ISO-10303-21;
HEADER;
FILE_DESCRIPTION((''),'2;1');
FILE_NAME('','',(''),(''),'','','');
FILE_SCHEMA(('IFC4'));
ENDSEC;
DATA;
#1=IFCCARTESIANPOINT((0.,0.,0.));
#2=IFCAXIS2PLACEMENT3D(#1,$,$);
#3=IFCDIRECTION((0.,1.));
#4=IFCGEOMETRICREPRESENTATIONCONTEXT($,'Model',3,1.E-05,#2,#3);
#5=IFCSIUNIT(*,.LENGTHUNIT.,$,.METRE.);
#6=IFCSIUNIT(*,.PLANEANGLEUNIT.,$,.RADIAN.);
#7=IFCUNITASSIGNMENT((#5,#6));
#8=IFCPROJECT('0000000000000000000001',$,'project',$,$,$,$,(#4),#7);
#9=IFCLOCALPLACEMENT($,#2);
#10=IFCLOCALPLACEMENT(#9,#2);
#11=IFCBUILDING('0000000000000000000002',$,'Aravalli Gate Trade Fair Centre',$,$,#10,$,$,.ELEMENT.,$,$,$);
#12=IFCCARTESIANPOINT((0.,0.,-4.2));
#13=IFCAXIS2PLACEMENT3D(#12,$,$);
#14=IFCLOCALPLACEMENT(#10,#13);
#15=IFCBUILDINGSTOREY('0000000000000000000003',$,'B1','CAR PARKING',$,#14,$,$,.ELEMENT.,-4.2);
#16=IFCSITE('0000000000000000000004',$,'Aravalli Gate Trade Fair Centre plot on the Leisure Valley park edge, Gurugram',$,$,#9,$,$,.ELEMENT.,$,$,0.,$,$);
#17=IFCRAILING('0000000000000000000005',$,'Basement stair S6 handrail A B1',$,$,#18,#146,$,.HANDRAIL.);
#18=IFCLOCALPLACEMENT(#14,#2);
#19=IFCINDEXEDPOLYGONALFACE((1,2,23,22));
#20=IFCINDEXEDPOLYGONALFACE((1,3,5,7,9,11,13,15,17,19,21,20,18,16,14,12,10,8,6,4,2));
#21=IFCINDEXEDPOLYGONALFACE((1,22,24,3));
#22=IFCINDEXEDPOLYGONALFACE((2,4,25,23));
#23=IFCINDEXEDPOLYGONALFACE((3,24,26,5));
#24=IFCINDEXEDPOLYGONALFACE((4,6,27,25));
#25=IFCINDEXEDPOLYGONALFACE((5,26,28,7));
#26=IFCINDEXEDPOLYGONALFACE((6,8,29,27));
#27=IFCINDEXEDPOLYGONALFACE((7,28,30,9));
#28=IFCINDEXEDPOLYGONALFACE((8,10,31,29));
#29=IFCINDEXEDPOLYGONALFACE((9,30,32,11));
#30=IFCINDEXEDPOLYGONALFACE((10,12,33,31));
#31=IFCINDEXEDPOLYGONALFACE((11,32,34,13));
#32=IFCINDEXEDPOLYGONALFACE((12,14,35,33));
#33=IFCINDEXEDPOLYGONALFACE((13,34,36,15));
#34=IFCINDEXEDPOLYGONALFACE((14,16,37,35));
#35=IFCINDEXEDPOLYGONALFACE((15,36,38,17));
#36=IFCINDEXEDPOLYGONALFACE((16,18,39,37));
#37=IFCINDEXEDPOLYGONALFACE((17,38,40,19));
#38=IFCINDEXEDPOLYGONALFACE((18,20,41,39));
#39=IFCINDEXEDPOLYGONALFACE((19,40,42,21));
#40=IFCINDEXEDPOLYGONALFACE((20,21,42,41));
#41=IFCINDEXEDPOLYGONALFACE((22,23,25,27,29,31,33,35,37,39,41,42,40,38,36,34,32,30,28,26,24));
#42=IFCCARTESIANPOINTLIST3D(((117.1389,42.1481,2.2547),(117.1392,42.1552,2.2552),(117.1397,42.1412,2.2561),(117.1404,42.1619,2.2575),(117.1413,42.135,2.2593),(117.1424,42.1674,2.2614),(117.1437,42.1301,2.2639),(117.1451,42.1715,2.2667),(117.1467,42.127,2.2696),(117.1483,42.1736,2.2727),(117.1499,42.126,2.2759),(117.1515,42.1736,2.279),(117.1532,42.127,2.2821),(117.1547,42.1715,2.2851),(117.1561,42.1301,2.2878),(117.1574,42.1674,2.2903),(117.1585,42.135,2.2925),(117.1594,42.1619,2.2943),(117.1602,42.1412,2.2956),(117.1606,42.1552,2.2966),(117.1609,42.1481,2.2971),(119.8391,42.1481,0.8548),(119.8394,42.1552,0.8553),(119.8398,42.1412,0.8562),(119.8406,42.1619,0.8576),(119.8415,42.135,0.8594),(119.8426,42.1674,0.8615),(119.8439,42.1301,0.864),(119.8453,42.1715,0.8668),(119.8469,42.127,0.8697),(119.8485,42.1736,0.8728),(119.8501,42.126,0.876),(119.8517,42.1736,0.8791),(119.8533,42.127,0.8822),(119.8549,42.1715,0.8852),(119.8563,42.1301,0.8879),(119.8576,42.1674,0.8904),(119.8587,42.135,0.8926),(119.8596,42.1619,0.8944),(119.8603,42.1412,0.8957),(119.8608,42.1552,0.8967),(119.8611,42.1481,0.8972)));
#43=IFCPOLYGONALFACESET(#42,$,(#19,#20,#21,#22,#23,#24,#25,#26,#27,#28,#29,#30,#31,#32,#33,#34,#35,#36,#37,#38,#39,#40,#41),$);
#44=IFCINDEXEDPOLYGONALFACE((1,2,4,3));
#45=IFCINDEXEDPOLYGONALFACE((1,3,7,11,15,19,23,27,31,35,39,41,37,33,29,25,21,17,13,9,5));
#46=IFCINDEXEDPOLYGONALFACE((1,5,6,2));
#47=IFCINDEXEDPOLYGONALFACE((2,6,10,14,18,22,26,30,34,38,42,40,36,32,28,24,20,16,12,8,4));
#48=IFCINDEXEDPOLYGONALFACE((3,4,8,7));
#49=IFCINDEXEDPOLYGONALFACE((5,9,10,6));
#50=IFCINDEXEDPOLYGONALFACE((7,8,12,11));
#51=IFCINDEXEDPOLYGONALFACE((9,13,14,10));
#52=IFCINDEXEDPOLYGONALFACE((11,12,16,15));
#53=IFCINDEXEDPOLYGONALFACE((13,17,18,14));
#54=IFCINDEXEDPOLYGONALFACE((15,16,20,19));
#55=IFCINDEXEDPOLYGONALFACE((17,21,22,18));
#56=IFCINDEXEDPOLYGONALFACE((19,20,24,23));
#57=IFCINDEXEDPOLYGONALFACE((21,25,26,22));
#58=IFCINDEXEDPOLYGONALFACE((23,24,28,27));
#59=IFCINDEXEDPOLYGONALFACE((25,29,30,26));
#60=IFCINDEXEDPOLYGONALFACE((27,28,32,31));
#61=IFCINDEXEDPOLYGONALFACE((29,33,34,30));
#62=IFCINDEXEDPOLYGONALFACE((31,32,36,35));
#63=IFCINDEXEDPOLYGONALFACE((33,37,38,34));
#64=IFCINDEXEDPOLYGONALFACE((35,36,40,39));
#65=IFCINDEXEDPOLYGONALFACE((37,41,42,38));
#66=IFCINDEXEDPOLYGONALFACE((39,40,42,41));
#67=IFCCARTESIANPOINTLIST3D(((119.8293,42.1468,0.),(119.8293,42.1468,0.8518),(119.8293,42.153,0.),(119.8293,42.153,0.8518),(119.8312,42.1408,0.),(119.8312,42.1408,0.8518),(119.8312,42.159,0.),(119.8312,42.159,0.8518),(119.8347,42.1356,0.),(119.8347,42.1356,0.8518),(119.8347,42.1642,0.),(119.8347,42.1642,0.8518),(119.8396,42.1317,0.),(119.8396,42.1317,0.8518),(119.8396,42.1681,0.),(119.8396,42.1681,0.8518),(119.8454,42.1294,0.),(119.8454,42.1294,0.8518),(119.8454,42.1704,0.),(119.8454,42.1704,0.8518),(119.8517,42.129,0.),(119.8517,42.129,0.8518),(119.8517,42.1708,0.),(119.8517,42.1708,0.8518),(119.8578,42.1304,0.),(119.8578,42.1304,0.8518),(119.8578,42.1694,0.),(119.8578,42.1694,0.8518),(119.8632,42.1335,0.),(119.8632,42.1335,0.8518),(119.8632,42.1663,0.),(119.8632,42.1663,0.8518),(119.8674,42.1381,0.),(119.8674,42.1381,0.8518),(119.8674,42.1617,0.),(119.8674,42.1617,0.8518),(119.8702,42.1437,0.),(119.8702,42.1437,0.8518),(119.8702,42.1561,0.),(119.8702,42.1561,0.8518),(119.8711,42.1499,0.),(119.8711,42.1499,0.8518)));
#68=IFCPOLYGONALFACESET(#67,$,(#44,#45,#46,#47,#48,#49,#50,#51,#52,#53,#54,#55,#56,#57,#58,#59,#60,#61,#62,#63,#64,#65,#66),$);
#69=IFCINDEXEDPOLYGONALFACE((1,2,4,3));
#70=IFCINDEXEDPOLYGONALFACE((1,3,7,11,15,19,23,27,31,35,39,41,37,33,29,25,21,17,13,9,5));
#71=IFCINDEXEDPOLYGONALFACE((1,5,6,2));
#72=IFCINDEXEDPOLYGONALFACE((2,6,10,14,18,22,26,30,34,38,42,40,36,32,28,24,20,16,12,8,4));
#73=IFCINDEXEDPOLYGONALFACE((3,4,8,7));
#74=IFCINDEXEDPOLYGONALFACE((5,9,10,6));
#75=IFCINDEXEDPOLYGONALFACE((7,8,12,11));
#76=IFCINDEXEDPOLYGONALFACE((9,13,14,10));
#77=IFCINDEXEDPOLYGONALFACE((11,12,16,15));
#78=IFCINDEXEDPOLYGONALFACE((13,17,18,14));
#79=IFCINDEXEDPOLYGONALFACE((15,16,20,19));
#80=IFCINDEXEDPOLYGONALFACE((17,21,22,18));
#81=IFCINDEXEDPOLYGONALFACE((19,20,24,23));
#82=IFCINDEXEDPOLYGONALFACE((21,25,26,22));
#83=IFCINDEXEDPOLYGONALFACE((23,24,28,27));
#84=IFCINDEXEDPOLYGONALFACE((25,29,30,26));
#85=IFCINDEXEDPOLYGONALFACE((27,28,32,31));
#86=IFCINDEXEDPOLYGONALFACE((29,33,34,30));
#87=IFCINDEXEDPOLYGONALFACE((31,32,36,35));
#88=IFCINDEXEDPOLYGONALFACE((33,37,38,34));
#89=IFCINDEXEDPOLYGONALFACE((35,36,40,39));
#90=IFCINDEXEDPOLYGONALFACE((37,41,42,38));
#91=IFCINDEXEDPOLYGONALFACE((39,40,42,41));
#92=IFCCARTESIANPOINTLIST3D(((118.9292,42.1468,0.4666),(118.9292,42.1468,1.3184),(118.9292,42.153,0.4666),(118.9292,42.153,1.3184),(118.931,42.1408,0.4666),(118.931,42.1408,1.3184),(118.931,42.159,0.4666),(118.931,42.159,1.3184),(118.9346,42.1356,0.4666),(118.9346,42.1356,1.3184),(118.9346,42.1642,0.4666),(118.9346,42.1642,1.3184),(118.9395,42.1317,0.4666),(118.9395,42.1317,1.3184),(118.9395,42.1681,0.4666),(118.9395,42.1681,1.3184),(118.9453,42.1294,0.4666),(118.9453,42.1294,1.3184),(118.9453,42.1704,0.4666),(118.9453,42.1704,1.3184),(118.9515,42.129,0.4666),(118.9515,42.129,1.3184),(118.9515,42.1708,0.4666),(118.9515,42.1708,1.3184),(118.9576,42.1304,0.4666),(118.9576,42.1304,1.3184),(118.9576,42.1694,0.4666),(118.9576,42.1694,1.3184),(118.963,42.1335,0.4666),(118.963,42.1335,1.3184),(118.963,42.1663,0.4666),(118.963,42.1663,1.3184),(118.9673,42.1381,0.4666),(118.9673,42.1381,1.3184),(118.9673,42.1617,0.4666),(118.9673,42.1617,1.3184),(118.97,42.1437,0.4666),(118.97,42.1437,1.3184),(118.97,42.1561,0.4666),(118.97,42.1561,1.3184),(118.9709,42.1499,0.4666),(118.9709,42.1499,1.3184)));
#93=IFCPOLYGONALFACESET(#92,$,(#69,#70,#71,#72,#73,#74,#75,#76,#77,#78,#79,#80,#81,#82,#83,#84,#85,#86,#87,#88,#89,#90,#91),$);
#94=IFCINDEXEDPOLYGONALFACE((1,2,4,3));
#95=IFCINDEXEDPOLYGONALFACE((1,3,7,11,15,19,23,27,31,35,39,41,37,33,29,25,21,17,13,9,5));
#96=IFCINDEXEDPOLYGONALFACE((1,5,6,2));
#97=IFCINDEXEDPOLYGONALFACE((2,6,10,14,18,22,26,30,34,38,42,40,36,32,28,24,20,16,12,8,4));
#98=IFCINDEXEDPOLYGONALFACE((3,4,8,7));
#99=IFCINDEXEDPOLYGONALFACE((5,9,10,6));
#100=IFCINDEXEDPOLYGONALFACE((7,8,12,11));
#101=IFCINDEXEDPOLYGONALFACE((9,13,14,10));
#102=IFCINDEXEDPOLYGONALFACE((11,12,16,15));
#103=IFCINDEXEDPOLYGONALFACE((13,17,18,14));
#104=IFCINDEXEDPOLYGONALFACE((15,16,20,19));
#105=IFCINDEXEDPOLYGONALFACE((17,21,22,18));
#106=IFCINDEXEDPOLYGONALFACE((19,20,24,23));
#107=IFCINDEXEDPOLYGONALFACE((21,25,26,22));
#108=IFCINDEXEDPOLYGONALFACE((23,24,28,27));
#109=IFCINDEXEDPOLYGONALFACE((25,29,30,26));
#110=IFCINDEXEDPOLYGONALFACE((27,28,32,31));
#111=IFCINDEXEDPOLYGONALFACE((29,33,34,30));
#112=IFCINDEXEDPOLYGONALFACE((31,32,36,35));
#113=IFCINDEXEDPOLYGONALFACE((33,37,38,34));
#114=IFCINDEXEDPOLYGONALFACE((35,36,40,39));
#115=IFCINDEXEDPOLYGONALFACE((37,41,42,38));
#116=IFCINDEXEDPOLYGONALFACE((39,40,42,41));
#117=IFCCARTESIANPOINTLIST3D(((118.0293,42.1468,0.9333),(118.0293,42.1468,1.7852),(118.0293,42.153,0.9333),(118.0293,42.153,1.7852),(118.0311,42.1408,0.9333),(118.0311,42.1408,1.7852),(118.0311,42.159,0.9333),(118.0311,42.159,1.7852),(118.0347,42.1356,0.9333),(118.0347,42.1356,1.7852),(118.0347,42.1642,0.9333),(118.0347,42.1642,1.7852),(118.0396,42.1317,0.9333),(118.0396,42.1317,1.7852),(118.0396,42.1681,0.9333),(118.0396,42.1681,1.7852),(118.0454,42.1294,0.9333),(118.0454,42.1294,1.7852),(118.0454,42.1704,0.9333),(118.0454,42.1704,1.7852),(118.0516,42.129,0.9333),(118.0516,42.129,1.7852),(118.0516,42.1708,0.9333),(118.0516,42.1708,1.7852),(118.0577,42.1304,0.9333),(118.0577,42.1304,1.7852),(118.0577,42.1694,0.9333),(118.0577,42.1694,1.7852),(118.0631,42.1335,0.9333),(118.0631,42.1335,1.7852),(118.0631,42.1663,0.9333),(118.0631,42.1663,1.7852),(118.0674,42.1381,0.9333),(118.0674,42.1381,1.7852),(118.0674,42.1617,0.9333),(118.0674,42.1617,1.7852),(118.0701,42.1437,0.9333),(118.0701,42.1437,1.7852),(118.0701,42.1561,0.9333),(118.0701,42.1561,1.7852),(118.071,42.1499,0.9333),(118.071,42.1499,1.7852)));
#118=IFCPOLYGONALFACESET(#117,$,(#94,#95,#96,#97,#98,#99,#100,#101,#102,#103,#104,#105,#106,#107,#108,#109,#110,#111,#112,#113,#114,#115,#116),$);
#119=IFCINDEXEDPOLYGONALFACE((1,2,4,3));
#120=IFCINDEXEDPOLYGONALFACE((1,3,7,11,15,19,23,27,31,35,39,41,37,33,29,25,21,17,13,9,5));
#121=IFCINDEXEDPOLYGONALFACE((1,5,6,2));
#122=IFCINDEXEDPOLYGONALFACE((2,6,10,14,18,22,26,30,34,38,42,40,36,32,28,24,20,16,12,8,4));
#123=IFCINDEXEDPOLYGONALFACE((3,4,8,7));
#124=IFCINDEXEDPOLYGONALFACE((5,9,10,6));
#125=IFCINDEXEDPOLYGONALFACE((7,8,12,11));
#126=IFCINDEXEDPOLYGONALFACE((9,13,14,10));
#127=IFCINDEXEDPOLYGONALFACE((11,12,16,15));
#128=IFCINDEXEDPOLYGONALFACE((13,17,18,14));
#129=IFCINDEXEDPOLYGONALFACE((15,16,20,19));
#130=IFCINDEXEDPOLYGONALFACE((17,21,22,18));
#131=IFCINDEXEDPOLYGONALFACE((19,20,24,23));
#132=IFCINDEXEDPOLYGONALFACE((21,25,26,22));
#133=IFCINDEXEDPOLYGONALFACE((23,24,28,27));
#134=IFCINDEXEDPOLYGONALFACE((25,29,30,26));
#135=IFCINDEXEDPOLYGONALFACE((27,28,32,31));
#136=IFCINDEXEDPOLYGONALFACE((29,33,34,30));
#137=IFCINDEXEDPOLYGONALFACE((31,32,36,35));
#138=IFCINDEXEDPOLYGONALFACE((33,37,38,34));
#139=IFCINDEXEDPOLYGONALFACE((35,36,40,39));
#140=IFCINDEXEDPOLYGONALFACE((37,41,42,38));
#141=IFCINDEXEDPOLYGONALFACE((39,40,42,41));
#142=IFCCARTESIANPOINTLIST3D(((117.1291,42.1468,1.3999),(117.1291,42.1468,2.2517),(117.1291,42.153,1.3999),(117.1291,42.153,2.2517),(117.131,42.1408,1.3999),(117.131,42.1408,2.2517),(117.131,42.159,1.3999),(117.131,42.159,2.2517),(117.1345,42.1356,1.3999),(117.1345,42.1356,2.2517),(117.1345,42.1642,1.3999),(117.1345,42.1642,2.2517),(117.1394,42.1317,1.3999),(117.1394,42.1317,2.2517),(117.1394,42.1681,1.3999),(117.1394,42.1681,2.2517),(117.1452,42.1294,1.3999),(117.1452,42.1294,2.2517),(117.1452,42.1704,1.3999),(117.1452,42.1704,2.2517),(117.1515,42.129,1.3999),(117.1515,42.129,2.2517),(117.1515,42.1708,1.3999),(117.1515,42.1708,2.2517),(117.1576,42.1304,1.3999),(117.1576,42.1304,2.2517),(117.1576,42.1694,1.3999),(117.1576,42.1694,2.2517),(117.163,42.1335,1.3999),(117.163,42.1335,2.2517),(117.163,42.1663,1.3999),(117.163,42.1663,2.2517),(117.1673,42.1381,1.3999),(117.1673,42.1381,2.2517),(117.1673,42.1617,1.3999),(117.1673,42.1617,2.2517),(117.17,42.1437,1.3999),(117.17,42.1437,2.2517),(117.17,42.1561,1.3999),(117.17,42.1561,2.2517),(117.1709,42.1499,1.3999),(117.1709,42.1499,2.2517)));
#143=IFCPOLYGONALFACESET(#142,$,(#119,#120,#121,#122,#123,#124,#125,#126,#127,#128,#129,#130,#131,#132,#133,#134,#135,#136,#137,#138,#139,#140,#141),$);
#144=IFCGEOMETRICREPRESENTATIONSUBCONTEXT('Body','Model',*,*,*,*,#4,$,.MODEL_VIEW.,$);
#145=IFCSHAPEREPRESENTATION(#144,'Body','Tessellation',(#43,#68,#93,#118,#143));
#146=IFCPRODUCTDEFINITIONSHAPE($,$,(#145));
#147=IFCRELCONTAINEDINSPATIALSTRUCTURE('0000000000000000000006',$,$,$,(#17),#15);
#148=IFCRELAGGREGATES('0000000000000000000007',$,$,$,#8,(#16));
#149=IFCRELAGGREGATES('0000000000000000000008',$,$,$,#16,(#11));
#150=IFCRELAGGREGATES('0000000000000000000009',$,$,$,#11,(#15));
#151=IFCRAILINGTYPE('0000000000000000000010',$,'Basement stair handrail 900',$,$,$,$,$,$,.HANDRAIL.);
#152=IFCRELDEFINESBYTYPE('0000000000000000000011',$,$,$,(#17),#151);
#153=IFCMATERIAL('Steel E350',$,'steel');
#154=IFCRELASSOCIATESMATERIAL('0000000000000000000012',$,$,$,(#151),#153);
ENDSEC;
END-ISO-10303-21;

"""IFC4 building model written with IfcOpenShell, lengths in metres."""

from ifc_helpers import new_model, si_unit, direction, frame, origin, origin_2d, place, context, subcontext, project, spatial, circle, extrude, material, type_object, element, save


model = new_model("IFC4")

# Units and contexts
model_context = context("Model", 3, precision=1e-05, world=origin(), true_north=direction((0.0, 1.0)))
body_context = subcontext(model_context, "Body", "Model", "MODEL_VIEW")
ifc_project = project(units=[si_unit("LENGTHUNIT", "METRE"), si_unit("PLANEANGLEUNIT", "RADIAN")], contexts=[model_context])

# Site, building, storey
site_placement = place(None, origin())
site = spatial("IfcSite", under=ifc_project, at=site_placement, Name="Aravalli Gate Trade Fair Centre plot on the Leisure Valley park edge, Gurugram", CompositionType="ELEMENT", RefElevation=0.0)
building_placement = place(site_placement, origin())
building = spatial("IfcBuilding", under=site, at=building_placement, Name="Aravalli Gate Trade Fair Centre", CompositionType="ELEMENT")
storey_placement = place(building_placement, frame((0.0, 0.0, -4.2)))
storey = spatial("IfcBuildingStorey", under=building, at=storey_placement, Name="B1", Description="CAR PARKING", CompositionType="ELEMENT", Elevation=-4.2)

# Railing
ifc_material_1 = material(Name="Steel E350", Category="steel")
railing_type_1 = type_object("IfcRailingType", Name="Basement stair handrail 900", PredefinedType="HANDRAIL", material=ifc_material_1)
for number, where, name in (
    (1, (119.8501, 42.1499, 0.0), "Basement stair S6 handrail A B1"),
):
    element("IfcRailing", number, at=place(storey_placement, frame(where)), inside=storey, type_object=railing_type_1, Name=name, PredefinedType="HANDRAIL", context=body_context, shape_type="SweptSolid", body=[
        extrude(circle(Radius=0.0239, at=origin_2d()), frame((0.0, 0.0, 0.876), z_axis=(-0.887781, 0.0, 0.460266), x_axis=(0.0, -1.0, 0.0)), (0.0, 0.0, 1.0), 3.0415),
        extrude(circle(Radius=0.021, at=origin_2d()), origin(), (0.0, 0.0, 1.0), 0.8518),
        extrude(circle(Radius=0.021, at=origin_2d()), frame((-0.9001, 0.0, 0.4666)), (0.0, 0.0, 1.0), 0.8518),
        extrude(circle(Radius=0.021, at=origin_2d()), frame((-1.8, 0.0, 0.9333)), (0.0, 0.0, 1.0), 0.8518),
        extrude(circle(Radius=0.021, at=origin_2d()), frame((-2.7002, 0.0, 1.3999)), (0.0, 0.0, 1.0), 0.8518),
    ])

save(model, "model.ifc")
